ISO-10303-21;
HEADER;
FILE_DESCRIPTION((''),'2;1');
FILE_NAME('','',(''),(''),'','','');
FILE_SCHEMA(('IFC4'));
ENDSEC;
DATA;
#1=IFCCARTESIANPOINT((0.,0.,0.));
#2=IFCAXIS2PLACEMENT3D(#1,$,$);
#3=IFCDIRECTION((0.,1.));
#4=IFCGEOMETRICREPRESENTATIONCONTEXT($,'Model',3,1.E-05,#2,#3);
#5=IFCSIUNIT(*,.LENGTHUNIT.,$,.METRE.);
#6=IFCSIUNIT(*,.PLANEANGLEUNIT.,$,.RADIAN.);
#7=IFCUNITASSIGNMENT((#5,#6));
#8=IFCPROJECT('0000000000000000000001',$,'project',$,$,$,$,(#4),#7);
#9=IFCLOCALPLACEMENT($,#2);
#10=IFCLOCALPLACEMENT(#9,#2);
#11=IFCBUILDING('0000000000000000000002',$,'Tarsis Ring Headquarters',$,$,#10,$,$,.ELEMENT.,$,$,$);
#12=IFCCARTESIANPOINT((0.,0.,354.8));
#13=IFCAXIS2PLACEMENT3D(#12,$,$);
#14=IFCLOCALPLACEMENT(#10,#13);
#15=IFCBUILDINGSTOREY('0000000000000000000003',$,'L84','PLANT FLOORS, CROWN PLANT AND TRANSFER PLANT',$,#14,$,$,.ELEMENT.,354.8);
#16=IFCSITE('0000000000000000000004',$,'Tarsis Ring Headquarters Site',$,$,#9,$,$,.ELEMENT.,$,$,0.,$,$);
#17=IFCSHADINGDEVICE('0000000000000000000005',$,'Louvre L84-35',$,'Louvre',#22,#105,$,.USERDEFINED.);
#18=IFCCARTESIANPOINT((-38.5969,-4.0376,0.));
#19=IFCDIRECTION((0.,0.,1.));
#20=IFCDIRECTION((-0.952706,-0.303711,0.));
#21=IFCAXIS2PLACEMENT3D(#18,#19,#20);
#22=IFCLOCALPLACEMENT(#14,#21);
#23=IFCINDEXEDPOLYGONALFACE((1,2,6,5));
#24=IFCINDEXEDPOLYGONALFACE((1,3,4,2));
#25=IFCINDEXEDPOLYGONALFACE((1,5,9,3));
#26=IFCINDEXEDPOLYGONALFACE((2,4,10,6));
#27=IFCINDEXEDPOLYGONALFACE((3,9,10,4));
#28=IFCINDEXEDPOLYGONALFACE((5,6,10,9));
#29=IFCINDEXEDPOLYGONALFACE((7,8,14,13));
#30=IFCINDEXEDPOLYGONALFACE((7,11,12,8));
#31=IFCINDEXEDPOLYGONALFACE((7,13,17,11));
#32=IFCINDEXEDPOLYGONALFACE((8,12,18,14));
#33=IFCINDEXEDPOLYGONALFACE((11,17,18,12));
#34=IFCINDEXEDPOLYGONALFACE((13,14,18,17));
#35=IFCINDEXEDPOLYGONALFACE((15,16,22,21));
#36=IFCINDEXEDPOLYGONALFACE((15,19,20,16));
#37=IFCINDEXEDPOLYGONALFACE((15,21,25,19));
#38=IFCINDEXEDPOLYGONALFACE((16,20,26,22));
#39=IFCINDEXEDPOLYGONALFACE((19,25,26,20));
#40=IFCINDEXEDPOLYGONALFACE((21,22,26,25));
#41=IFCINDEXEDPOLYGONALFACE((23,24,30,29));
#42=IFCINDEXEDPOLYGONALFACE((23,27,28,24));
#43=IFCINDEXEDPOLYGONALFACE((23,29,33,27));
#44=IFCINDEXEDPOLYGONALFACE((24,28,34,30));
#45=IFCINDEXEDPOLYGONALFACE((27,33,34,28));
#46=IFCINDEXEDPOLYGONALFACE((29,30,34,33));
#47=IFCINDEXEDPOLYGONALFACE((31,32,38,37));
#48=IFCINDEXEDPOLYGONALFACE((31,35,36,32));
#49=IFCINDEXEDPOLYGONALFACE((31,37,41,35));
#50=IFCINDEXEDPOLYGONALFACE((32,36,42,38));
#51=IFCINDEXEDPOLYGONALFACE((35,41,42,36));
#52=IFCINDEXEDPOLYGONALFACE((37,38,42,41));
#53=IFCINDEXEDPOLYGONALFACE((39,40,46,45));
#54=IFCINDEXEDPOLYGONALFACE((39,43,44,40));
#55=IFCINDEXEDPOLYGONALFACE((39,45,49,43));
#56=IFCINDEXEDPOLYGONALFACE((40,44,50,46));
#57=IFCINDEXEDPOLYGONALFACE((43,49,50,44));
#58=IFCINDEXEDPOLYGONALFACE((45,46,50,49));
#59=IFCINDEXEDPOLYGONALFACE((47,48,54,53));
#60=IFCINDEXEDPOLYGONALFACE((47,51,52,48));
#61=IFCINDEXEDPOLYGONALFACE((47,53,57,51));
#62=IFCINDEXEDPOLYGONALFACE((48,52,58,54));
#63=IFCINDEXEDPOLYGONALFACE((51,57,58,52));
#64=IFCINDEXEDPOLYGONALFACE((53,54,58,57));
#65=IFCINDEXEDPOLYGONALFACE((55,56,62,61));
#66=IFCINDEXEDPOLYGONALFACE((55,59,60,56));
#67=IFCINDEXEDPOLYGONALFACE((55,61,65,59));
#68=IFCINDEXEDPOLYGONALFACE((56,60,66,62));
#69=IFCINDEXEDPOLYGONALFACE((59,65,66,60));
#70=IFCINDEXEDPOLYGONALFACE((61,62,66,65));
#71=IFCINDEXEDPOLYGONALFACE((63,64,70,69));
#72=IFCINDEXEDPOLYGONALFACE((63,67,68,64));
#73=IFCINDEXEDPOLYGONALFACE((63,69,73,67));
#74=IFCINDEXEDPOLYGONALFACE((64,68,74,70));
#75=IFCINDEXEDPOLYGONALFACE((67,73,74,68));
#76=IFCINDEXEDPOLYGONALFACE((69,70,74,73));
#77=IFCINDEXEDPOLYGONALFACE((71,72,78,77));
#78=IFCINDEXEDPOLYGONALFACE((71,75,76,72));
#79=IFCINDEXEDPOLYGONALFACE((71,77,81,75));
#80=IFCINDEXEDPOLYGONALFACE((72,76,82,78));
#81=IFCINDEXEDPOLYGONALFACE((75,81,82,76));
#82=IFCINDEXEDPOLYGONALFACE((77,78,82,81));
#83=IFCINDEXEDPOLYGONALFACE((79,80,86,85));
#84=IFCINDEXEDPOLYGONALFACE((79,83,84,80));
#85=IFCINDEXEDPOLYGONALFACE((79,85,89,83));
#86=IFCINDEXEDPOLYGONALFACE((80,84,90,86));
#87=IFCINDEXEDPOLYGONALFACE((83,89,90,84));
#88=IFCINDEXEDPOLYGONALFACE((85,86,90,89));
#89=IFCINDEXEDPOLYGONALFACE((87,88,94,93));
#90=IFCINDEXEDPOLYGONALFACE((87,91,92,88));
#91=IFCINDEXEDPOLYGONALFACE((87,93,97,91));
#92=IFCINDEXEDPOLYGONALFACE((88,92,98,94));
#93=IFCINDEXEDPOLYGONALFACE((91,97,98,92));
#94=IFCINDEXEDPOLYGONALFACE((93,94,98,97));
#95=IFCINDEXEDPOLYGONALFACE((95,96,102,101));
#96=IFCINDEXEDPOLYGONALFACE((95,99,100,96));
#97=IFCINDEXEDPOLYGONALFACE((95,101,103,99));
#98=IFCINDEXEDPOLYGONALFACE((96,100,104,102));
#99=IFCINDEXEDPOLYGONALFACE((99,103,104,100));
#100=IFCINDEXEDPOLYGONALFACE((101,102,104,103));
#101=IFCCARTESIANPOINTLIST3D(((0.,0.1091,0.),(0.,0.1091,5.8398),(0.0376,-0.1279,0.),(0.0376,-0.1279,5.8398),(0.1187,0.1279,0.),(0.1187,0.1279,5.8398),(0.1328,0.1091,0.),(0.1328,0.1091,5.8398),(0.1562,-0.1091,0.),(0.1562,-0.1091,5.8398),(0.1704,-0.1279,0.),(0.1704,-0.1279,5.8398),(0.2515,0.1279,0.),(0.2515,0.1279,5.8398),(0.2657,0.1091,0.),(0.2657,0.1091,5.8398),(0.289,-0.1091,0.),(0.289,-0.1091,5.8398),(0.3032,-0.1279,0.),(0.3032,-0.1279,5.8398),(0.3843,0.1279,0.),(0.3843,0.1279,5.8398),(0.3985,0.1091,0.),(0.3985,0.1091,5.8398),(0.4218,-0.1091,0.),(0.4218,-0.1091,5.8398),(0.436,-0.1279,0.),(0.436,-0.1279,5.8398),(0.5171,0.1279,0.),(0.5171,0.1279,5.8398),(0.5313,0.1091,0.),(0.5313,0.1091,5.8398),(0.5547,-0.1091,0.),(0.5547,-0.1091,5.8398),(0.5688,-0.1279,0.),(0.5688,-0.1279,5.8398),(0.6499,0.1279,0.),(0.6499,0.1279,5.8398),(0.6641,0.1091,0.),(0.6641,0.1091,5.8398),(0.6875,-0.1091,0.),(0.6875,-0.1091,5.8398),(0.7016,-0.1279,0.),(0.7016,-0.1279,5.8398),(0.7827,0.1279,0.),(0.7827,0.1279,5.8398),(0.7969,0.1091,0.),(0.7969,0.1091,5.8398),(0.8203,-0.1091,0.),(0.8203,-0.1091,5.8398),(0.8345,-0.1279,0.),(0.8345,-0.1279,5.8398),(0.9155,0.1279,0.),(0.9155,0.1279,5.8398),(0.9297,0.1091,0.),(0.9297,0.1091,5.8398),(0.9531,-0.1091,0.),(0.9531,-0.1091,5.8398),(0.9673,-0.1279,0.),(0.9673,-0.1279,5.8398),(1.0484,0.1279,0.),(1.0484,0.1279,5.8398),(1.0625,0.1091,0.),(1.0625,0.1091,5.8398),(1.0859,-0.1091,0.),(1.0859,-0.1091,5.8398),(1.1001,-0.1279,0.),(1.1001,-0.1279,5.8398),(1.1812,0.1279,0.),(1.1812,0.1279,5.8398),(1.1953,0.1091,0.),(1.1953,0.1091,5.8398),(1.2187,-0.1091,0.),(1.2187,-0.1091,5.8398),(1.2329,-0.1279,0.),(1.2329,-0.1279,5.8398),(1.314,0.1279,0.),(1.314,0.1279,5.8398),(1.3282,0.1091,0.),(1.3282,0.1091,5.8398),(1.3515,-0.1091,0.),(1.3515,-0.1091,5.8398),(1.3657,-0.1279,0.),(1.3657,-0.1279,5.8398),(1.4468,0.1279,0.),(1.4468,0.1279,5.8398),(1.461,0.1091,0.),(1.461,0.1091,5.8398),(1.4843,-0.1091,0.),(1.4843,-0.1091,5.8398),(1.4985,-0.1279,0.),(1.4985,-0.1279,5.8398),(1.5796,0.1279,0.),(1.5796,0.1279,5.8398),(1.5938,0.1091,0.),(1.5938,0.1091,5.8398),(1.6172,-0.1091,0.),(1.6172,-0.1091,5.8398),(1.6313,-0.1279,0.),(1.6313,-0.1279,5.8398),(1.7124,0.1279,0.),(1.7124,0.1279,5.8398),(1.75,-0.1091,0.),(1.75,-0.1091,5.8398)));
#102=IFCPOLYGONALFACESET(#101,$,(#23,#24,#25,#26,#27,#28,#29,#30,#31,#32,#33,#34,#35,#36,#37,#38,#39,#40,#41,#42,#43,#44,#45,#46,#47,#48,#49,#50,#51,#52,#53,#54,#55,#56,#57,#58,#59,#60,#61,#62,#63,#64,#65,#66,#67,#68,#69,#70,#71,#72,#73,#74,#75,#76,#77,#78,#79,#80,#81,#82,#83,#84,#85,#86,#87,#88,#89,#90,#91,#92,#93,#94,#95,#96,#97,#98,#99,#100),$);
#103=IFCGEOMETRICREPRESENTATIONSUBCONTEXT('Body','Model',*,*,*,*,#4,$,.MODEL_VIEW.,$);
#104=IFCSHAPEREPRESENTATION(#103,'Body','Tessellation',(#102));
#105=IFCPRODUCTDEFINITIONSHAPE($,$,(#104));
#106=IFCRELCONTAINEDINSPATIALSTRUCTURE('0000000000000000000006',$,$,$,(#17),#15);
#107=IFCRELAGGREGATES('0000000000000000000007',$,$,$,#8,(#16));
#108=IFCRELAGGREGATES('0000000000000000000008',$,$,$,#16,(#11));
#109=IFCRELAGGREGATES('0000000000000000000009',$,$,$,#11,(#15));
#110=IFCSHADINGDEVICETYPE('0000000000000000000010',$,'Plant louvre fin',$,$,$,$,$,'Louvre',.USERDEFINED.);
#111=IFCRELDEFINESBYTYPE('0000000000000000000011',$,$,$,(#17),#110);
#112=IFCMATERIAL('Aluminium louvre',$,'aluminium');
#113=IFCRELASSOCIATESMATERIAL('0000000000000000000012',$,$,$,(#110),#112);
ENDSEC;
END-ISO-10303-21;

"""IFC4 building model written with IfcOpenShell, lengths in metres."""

from ifc_helpers import new_model, si_unit, direction, frame, frame_2d, origin, place, context, subcontext, project, spatial, rectangle, composite_profile, extrude, material, type_object, element, save


model = new_model("IFC4")

# Units and contexts
model_context = context("Model", 3, precision=1e-05, world=origin(), true_north=direction((0.0, 1.0)))
body_context = subcontext(model_context, "Body", "Model", "MODEL_VIEW")
ifc_project = project(units=[si_unit("LENGTHUNIT", "METRE"), si_unit("PLANEANGLEUNIT", "RADIAN")], contexts=[model_context])

# Site, building, storey
site_placement = place(None, origin())
site = spatial("IfcSite", under=ifc_project, at=site_placement, Name="Tarsis Ring Headquarters Site", CompositionType="ELEMENT", RefElevation=0.0)
building_placement = place(site_placement, origin())
building = spatial("IfcBuilding", under=site, at=building_placement, Name="Tarsis Ring Headquarters", CompositionType="ELEMENT")
storey_placement = place(building_placement, frame((0.0, 0.0, 354.8)))
storey = spatial("IfcBuildingStorey", under=building, at=storey_placement, Name="L84", Description="PLANT FLOORS, CROWN PLANT AND TRANSFER PLANT", CompositionType="ELEMENT", Elevation=354.8)

# Shading device
ifc_material_1 = material(Name="Aluminium louvre", Category="aluminium")
shading_device_type_1 = type_object("IfcShadingDeviceType", Name="Plant louvre fin", ElementType="Louvre", PredefinedType="USERDEFINED", material=ifc_material_1)
shading_device_1_placement = place(storey_placement, frame((-38.5969, -4.0376, 0.0), z_axis=(0.0, 0.0, 1.0), x_axis=(-0.952706, -0.303711, 0.0)))
element("IfcShadingDevice", 1, at=shading_device_1_placement, inside=storey, type_object=shading_device_type_1, Name="Louvre L84-35", ObjectType="Louvre", PredefinedType="USERDEFINED", context=body_context, shape_type="SweptSolid", body=[
    extrude(composite_profile([rectangle(XDim=0.1201, YDim=0.24, at=frame_2d((0.0781, 0.0), x_axis=(0.987688, 0.156434))), rectangle(XDim=0.1201, YDim=0.24, at=frame_2d((0.2109, 0.0), x_axis=(0.987688, 0.156434))), rectangle(XDim=0.1201, YDim=0.24, at=frame_2d((0.3438, 0.0), x_axis=(0.987688, 0.156434))), rectangle(XDim=0.1201, YDim=0.24, at=frame_2d((0.4766, 0.0), x_axis=(0.987688, 0.156434))), rectangle(XDim=0.1201, YDim=0.24, at=frame_2d((0.6094, 0.0), x_axis=(0.987688, 0.156434))), rectangle(XDim=0.1201, YDim=0.24, at=frame_2d((0.7422, 0.0), x_axis=(0.987688, 0.156434))), rectangle(XDim=0.1201, YDim=0.24, at=frame_2d((0.875, 0.0), x_axis=(0.987688, 0.156434))), rectangle(XDim=0.1201, YDim=0.24, at=frame_2d((1.0078, 0.0), x_axis=(0.987688, 0.156434))), rectangle(XDim=0.1201, YDim=0.24, at=frame_2d((1.1406, 0.0), x_axis=(0.987688, 0.156434))), rectangle(XDim=0.1201, YDim=0.24, at=frame_2d((1.2734, 0.0), x_axis=(0.987688, 0.156434))), rectangle(XDim=0.1201, YDim=0.24, at=frame_2d((1.4062, 0.0), x_axis=(0.987688, 0.156434))), rectangle(XDim=0.1201, YDim=0.24, at=frame_2d((1.5391, 0.0), x_axis=(0.987688, 0.156434))), rectangle(XDim=0.1201, YDim=0.24, at=frame_2d((1.6719, 0.0), x_axis=(0.987688, 0.156434)))]), origin(), (0.0, 0.0, 1.0), 5.8398),
])

save(model, "model.ifc")
